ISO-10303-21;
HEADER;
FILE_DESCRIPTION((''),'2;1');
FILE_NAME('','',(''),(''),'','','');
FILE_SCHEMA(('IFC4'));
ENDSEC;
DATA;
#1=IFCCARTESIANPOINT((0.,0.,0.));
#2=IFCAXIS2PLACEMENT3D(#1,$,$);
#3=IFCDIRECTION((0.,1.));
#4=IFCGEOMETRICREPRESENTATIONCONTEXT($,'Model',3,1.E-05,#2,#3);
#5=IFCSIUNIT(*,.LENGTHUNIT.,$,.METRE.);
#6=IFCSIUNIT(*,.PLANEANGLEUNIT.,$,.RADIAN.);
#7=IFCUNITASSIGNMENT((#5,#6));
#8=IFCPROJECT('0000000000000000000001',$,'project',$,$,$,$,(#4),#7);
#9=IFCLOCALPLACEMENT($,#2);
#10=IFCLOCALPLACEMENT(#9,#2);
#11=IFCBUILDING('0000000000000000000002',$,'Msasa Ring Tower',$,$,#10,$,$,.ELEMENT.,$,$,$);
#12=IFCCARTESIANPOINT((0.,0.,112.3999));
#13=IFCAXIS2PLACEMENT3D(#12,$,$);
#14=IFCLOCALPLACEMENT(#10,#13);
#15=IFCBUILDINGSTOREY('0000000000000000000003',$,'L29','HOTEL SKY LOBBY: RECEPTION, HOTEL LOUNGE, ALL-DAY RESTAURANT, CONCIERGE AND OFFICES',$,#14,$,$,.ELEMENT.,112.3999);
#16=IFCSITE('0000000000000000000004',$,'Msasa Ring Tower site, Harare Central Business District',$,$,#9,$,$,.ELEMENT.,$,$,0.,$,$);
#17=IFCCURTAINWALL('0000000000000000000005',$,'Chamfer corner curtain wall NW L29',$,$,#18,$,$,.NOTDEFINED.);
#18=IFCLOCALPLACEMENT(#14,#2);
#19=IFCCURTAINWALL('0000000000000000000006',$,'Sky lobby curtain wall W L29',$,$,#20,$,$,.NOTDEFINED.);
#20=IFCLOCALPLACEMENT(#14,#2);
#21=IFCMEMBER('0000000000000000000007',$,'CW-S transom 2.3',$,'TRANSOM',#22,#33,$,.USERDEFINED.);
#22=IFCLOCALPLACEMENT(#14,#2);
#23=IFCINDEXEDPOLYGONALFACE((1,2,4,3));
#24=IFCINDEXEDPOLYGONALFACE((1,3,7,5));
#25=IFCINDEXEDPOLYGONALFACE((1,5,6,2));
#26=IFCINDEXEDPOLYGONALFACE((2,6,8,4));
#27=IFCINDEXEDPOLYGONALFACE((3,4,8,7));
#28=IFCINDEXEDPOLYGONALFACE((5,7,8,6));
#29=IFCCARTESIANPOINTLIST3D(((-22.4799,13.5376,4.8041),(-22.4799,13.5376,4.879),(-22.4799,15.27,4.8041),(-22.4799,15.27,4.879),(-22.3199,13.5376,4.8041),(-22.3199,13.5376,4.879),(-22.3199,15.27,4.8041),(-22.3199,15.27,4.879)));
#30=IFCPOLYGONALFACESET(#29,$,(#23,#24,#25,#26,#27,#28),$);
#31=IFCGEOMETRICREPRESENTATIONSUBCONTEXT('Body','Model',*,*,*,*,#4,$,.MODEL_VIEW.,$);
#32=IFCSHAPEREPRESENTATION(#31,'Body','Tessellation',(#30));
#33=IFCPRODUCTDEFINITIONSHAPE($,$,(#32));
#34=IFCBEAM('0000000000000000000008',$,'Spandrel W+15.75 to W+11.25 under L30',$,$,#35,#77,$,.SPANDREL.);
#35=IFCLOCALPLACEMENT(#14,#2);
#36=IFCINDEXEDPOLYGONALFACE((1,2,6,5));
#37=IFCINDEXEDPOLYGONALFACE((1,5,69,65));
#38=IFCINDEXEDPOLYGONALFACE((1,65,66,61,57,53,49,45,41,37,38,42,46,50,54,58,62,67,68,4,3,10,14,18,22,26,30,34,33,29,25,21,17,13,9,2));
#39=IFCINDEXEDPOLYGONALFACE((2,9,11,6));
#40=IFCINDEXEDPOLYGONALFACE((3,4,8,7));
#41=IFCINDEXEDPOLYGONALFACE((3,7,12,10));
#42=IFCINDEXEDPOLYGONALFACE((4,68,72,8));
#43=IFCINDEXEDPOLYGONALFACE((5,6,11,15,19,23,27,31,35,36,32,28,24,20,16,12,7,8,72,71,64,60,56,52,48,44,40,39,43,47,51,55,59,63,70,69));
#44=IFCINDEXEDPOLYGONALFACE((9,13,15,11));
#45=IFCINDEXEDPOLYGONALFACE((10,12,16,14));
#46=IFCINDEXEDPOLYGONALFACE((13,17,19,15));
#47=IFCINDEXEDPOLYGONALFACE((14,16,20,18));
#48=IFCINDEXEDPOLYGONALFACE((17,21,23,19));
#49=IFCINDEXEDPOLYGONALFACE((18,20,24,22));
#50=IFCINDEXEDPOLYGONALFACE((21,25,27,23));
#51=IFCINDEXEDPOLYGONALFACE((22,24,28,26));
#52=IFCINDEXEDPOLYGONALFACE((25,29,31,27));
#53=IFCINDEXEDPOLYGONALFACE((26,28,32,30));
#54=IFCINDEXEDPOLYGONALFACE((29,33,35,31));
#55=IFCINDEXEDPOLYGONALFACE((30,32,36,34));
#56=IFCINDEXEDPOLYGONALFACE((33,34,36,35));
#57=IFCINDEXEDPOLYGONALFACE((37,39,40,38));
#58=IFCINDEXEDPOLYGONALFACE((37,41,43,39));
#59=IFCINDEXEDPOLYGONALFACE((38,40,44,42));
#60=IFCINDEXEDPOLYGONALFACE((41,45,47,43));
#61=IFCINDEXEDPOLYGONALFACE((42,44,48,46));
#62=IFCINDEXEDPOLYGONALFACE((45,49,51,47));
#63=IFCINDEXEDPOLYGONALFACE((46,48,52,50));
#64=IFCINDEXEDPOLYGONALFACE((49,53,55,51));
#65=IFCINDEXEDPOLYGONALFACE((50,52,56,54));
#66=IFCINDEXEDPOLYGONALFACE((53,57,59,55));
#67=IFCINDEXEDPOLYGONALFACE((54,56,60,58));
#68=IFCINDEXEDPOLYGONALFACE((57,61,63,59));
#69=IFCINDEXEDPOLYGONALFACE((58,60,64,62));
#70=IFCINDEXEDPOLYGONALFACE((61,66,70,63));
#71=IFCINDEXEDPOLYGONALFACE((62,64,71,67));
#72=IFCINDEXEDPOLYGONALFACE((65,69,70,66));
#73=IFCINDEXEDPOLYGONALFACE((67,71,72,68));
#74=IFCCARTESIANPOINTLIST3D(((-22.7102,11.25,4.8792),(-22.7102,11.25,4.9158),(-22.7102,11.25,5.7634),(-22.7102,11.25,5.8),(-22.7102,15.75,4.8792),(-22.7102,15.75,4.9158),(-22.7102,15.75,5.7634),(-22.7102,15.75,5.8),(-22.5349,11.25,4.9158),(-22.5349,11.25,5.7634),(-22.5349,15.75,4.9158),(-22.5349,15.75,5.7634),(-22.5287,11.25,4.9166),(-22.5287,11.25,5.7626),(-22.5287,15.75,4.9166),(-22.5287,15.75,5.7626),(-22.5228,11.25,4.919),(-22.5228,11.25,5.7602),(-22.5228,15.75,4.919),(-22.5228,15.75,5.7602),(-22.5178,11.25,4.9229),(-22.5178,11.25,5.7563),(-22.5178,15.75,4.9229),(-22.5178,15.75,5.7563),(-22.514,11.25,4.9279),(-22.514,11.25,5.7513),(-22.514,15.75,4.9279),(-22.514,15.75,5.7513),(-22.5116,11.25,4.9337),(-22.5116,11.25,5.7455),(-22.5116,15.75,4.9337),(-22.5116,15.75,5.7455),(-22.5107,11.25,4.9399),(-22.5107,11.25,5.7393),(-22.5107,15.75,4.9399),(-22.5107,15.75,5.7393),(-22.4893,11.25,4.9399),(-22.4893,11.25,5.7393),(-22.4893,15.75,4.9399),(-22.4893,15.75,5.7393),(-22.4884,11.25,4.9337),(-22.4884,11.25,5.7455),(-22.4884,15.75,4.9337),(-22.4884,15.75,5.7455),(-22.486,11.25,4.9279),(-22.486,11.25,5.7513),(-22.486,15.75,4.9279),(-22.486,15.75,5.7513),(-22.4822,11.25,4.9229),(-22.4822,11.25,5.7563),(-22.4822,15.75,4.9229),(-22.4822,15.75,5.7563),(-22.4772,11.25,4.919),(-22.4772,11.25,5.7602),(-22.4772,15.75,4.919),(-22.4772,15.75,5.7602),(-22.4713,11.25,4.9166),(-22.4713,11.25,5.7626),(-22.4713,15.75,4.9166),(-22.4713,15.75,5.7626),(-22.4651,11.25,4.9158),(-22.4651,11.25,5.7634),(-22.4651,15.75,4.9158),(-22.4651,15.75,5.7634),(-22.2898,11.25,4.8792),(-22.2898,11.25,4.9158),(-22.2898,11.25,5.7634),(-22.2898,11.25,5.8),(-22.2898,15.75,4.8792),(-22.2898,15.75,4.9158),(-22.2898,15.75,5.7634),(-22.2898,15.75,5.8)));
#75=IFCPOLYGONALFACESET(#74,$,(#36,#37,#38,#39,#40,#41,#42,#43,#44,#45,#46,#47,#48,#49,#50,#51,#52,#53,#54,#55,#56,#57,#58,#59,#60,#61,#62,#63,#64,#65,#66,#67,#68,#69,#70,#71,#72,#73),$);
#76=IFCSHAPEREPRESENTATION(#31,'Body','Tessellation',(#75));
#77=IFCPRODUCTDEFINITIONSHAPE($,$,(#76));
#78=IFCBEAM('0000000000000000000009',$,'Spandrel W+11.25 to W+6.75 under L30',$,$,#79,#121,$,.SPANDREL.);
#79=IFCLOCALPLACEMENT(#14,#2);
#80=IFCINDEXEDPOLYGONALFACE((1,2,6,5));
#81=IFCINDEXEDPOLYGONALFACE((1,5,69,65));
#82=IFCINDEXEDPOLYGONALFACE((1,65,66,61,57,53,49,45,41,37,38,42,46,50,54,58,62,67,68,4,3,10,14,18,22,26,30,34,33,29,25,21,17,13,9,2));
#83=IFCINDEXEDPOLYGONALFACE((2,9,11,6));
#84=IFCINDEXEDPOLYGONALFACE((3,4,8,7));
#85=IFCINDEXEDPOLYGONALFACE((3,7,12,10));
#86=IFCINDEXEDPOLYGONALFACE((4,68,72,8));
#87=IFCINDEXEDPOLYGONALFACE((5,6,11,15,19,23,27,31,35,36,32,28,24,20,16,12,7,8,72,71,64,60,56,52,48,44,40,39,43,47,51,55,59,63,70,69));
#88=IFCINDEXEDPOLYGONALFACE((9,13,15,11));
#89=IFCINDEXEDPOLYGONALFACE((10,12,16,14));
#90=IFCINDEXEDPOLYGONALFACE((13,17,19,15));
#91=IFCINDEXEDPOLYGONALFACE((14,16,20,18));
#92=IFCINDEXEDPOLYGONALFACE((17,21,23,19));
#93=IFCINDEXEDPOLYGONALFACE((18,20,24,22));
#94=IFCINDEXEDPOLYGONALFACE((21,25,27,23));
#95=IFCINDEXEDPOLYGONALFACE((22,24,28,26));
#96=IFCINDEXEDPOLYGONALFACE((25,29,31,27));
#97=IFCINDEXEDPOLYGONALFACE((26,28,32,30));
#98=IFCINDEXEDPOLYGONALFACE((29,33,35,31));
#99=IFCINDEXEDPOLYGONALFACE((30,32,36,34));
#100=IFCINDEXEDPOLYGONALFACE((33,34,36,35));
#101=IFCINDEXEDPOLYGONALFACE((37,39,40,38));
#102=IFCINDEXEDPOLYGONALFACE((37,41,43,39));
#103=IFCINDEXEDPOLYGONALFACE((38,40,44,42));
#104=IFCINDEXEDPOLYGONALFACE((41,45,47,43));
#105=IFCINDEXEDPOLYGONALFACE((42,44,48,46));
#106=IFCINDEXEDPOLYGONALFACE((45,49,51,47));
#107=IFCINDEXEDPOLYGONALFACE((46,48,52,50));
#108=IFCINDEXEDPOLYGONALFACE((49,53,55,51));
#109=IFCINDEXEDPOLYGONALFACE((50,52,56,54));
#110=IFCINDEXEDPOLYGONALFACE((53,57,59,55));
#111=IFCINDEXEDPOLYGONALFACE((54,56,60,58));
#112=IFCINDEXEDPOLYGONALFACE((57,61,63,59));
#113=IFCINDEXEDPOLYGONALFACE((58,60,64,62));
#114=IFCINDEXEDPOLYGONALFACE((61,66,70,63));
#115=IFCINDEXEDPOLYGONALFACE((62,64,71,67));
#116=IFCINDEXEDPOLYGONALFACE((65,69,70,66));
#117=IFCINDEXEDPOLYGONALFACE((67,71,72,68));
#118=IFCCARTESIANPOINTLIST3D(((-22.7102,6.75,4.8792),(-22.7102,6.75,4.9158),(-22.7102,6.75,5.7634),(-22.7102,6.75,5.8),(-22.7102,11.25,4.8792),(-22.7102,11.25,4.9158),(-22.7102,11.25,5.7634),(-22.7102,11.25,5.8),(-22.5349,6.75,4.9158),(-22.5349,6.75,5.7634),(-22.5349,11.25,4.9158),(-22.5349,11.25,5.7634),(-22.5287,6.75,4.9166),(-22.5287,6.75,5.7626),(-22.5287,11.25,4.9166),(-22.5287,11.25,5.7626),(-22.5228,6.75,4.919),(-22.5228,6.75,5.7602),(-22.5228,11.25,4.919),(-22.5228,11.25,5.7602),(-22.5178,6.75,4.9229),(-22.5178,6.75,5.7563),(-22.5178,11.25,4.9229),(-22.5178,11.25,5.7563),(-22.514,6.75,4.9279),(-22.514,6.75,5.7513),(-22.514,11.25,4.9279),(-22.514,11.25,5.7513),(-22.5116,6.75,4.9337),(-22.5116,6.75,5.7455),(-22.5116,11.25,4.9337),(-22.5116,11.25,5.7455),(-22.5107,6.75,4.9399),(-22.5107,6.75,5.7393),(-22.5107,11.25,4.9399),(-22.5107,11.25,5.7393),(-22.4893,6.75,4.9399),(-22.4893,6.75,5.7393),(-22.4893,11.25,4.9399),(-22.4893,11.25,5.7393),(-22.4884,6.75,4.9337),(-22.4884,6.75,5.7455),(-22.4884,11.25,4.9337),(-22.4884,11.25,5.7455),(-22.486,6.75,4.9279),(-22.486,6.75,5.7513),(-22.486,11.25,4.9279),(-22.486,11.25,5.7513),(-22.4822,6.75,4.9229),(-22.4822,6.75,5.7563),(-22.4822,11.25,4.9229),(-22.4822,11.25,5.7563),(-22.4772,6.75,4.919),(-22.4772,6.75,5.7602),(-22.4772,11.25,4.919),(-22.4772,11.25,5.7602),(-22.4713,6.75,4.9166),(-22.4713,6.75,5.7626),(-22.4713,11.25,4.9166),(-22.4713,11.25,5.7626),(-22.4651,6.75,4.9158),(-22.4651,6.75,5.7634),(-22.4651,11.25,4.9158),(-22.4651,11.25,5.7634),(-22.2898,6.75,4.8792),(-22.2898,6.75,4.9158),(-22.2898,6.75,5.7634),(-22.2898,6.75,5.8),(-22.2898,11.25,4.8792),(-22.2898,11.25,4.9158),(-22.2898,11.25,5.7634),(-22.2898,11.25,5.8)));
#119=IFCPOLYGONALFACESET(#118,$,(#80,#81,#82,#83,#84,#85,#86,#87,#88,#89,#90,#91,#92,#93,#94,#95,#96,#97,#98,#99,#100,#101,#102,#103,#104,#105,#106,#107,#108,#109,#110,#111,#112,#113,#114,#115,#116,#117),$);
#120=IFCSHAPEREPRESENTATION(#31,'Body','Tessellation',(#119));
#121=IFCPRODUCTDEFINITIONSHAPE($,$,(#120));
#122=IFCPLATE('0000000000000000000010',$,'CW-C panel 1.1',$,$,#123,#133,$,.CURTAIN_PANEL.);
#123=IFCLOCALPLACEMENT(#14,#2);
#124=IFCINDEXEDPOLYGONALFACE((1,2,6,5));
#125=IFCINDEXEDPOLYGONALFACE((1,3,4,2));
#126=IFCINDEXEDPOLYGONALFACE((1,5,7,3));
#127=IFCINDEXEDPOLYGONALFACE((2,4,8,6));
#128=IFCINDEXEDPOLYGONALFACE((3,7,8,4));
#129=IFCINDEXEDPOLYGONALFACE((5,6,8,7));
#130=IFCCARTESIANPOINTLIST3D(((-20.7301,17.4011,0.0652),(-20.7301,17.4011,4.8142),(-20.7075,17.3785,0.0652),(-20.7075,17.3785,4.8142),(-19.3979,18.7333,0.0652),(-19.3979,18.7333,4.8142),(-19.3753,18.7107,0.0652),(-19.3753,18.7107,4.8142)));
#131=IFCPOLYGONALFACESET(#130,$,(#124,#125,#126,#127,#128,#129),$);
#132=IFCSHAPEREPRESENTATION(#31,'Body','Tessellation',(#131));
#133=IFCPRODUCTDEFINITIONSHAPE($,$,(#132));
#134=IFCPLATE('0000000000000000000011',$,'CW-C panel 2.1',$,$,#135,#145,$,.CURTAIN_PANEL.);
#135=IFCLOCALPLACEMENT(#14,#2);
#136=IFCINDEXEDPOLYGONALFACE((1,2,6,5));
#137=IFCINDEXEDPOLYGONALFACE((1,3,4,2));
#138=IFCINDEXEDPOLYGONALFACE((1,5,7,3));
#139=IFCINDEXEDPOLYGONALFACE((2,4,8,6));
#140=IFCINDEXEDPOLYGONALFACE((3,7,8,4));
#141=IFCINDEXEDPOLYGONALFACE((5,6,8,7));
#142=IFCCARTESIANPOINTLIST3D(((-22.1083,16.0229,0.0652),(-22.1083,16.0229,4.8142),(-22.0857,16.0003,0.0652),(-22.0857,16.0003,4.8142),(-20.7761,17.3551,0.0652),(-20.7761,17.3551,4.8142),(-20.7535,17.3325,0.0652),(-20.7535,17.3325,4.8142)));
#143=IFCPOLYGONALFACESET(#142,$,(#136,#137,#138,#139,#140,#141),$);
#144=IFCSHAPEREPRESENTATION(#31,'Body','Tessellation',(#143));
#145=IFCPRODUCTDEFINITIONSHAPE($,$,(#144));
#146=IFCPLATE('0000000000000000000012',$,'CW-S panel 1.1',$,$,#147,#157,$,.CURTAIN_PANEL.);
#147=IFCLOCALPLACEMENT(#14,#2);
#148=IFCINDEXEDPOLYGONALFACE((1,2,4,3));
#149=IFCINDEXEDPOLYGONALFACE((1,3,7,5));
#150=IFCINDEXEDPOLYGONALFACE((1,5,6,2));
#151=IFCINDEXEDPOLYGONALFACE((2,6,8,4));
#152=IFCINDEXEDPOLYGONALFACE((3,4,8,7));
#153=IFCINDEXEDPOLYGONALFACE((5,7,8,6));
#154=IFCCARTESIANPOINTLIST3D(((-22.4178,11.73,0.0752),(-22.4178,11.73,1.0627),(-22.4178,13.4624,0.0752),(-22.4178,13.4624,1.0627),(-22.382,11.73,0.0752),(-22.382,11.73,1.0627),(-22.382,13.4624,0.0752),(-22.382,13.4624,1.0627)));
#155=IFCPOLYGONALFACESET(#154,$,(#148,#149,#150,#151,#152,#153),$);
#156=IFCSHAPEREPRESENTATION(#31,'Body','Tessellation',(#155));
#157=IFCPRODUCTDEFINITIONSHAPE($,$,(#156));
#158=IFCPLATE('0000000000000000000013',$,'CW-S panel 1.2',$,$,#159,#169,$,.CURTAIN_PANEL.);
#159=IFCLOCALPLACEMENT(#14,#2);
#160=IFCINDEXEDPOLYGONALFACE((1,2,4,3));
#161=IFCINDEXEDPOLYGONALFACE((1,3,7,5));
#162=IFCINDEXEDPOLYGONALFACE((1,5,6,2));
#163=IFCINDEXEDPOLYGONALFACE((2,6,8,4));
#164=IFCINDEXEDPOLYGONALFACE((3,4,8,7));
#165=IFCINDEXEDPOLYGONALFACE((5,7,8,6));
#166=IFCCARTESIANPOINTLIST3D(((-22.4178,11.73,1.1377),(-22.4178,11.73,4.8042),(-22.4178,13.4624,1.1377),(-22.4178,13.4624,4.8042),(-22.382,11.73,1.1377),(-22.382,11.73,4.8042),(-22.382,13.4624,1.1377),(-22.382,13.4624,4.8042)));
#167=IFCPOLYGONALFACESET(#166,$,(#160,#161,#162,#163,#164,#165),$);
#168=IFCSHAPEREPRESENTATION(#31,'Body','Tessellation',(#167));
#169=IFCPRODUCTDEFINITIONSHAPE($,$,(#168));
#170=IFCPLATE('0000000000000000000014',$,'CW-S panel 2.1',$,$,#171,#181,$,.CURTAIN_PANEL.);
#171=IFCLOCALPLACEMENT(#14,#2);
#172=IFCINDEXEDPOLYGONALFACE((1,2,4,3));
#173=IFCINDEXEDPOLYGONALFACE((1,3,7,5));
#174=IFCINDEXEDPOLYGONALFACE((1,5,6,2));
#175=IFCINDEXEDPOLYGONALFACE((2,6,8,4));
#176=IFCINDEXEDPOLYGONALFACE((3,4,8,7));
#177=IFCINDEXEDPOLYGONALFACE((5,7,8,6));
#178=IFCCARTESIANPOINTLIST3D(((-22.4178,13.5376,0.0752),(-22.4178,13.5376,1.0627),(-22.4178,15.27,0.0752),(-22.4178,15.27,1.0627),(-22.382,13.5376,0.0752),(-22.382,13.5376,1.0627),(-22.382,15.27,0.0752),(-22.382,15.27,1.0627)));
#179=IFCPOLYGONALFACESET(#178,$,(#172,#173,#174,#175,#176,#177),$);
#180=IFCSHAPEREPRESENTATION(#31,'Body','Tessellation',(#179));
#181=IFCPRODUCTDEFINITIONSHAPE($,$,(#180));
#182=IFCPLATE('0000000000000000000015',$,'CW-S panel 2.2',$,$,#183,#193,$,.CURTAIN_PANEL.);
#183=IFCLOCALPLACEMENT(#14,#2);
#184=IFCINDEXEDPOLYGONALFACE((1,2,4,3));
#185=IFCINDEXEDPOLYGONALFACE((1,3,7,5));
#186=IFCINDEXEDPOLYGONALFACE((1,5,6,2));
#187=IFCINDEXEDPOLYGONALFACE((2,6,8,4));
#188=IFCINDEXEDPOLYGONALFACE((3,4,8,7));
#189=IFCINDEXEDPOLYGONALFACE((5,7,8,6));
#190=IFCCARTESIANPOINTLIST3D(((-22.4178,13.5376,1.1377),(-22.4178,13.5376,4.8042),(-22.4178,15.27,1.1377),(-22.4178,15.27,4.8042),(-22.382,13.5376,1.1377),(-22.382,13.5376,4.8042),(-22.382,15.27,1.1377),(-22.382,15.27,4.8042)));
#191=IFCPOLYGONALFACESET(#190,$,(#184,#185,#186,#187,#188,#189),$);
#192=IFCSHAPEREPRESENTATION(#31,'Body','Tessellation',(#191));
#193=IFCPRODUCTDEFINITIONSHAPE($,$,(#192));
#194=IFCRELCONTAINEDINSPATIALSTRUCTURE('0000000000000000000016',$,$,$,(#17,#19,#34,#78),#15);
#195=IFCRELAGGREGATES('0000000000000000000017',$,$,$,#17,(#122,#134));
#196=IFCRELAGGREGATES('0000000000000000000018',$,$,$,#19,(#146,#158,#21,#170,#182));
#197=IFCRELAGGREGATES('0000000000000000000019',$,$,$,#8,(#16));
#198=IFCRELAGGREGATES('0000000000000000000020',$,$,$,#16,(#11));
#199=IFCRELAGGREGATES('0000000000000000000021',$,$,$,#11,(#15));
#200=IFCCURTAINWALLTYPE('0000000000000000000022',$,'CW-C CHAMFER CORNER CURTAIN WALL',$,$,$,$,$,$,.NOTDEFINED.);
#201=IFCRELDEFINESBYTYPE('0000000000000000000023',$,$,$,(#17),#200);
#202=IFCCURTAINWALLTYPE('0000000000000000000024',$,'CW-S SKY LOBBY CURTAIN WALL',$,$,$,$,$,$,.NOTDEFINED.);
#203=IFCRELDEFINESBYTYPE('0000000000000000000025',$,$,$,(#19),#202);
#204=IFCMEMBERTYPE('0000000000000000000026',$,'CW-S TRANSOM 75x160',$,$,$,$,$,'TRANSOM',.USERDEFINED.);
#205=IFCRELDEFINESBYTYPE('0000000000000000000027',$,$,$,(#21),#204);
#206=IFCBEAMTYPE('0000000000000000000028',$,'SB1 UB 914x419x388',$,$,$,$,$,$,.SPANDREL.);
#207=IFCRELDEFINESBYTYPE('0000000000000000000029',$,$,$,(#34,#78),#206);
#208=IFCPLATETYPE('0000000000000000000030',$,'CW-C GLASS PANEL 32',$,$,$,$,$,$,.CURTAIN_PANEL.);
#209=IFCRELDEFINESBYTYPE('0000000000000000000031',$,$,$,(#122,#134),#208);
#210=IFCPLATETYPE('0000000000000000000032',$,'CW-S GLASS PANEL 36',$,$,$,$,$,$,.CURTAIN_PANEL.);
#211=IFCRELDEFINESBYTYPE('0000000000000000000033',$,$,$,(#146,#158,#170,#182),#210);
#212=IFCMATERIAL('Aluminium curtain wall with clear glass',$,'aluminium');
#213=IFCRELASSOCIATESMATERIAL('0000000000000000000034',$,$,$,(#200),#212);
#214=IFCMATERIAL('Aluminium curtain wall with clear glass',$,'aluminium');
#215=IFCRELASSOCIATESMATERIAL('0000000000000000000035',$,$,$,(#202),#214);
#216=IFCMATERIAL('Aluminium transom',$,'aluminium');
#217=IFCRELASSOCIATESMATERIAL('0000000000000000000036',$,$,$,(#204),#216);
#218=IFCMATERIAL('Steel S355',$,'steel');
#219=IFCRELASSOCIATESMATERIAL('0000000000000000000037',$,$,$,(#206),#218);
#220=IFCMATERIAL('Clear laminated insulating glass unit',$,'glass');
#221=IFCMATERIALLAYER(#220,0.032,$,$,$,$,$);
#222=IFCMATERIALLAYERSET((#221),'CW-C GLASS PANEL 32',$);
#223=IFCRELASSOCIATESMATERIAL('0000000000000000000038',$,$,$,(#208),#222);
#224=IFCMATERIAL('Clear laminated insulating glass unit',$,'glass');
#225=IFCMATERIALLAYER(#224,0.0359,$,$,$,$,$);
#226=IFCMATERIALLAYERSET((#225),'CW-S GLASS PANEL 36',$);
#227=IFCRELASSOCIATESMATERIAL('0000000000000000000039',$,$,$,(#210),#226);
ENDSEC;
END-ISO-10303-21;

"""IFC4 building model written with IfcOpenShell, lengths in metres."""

from ifc_helpers import new_model, si_unit, direction, frame, origin, origin_2d, place, context, subcontext, project, spatial, rectangle, i_section, extrude, material, layer, layer_set, material_profile, profile_set, type_object, element, aggregate, save


model = new_model("IFC4")

# Units and contexts
model_context = context("Model", 3, precision=1e-05, world=origin(), true_north=direction((0.0, 1.0)))
body_context = subcontext(model_context, "Body", "Model", "MODEL_VIEW")
ifc_project = project(units=[si_unit("LENGTHUNIT", "METRE"), si_unit("PLANEANGLEUNIT", "RADIAN")], contexts=[model_context])

# Site, building, storey
site_placement = place(None, origin())
site = spatial("IfcSite", under=ifc_project, at=site_placement, Name="Msasa Ring Tower site, Harare Central Business District", CompositionType="ELEMENT", RefElevation=0.0)
building_placement = place(site_placement, origin())
building = spatial("IfcBuilding", under=site, at=building_placement, Name="Msasa Ring Tower", CompositionType="ELEMENT")
storey_placement = place(building_placement, frame((0.0, 0.0, 112.3999)))
storey = spatial("IfcBuildingStorey", under=building, at=storey_placement, Name="L29", Description="HOTEL SKY LOBBY: RECEPTION, HOTEL LOUNGE, ALL-DAY RESTAURANT, CONCIERGE AND OFFICES", CompositionType="ELEMENT", Elevation=112.3999)

# Curtain walls, member
ifc_material_1 = material(Name="Aluminium curtain wall with clear glass", Category="aluminium")
curtain_wall_type_1 = type_object("IfcCurtainWallType", Name="CW-C CHAMFER CORNER CURTAIN WALL", PredefinedType="NOTDEFINED", material=ifc_material_1)
curtain_wall_1_placement = place(storey_placement, origin())
curtain_wall_1 = element("IfcCurtainWall", 1, at=curtain_wall_1_placement, inside=storey, type_object=curtain_wall_type_1, Name="Chamfer corner curtain wall NW L29", PredefinedType="NOTDEFINED")
ifc_material_2 = material(Name="Aluminium curtain wall with clear glass", Category="aluminium")
curtain_wall_type_2 = type_object("IfcCurtainWallType", Name="CW-S SKY LOBBY CURTAIN WALL", PredefinedType="NOTDEFINED", material=ifc_material_2)
curtain_wall_2_placement = place(storey_placement, origin())
curtain_wall_2 = element("IfcCurtainWall", 2, at=curtain_wall_2_placement, inside=storey, type_object=curtain_wall_type_2, Name="Sky lobby curtain wall W L29", PredefinedType="NOTDEFINED")
ifc_material_3 = material(Name="Aluminium transom", Category="aluminium")
ifc_material_profile_1 = material_profile(ifc_material_3, rectangle(XDim=0.1599, YDim=0.075, at=origin_2d()), Name="AL 75x160")
ifc_profile_set_1 = profile_set([ifc_material_profile_1], Name="Aluminium transom")
member_type_1 = type_object("IfcMemberType", Name="CW-S TRANSOM 75x160", ElementType="TRANSOM", PredefinedType="USERDEFINED", material=ifc_profile_set_1)
member_1_placement = place(storey_placement, frame((-22.3999, 13.5376, 4.8416), z_axis=(0.0, 1.0, 0.0), x_axis=(-1.0, 0.0, 0.0)))
member_1 = element("IfcMember", 3, at=member_1_placement, type_object=member_type_1, Name="CW-S transom 2.3", ObjectType="TRANSOM", PredefinedType="USERDEFINED", context=body_context, shape_type="SweptSolid", body=[
    extrude(rectangle(XDim=0.1599, YDim=0.075, at=origin_2d()), origin(), (0.0, 0.0, 1.0), 1.7324),
])

# Beams
ifc_material_4 = material(Name="Steel S355", Category="steel")
ifc_material_profile_2 = material_profile(ifc_material_4, i_section(OverallWidth=0.4204, OverallDepth=0.9209, WebThickness=0.0215, FlangeThickness=0.0366, FilletRadius=0.0242, at=origin_2d()), Name="UB 914x419x388")
ifc_profile_set_2 = profile_set([ifc_material_profile_2], Name="Steel S355")
beam_type = type_object("IfcBeamType", Name="SB1 UB 914x419x388", PredefinedType="SPANDREL", material=ifc_profile_set_2)
for number, where, z_axis, x_axis, name in (
    (4, (-22.5, 15.75, 5.3396), (0.0, -1.0, 0.0), (1.0, 0.0, 0.0), "Spandrel W+15.75 to W+11.25 under L30"),
    (5, (-22.5, 11.25, 5.3396), (0.0, -1.0, 0.0), (1.0, 0.0, 0.0), "Spandrel W+11.25 to W+6.75 under L30"),
):
    element("IfcBeam", number, at=place(storey_placement, frame(where, z_axis=z_axis, x_axis=x_axis)), inside=storey, type_object=beam_type, Name=name, PredefinedType="SPANDREL", context=body_context, shape_type="SweptSolid", body=[
        extrude(i_section(OverallWidth=0.4204, OverallDepth=0.9209, WebThickness=0.0215, FlangeThickness=0.0366, FilletRadius=0.0242, at=origin_2d()), origin(), (0.0, 0.0, 1.0), 4.5),
    ])

# Plates
ifc_material_5 = material(Name="Clear laminated insulating glass unit", Category="glass")
ifc_layer_1 = layer(ifc_material_5, 0.032)
ifc_layer_set_1 = layer_set([ifc_layer_1], Name="CW-C GLASS PANEL 32")
plate_type_1 = type_object("IfcPlateType", Name="CW-C GLASS PANEL 32", PredefinedType="CURTAIN_PANEL", material=ifc_layer_set_1)
plate_1_placement = place(storey_placement, frame((-20.0527, 18.0559, 0.0652), z_axis=(0.0, 0.0, 1.0), x_axis=(-0.707107, -0.707107, 0.0)))
plate_1 = element("IfcPlate", 6, at=plate_1_placement, type_object=plate_type_1, Name="CW-C panel 1.1", PredefinedType="CURTAIN_PANEL", context=body_context, shape_type="SweptSolid", body=[
    extrude(rectangle(XDim=1.884, YDim=0.032, at=origin_2d()), origin(), (0.0, 0.0, 1.0), 4.749),
])
plate_2_placement = place(storey_placement, frame((-21.4309, 16.6777, 0.0652), z_axis=(0.0, 0.0, 1.0), x_axis=(-0.707107, -0.707107, 0.0)))
plate_2 = element("IfcPlate", 7, at=plate_2_placement, type_object=plate_type_1, Name="CW-C panel 2.1", PredefinedType="CURTAIN_PANEL", context=body_context, shape_type="SweptSolid", body=[
    extrude(rectangle(XDim=1.884, YDim=0.032, at=origin_2d()), origin(), (0.0, 0.0, 1.0), 4.749),
])
aggregate(curtain_wall_1, [plate_1, plate_2])
ifc_material_6 = material(Name="Clear laminated insulating glass unit", Category="glass")
ifc_layer_2 = layer(ifc_material_6, 0.0359)
ifc_layer_set_2 = layer_set([ifc_layer_2], Name="CW-S GLASS PANEL 36")
plate_type_2 = type_object("IfcPlateType", Name="CW-S GLASS PANEL 36", PredefinedType="CURTAIN_PANEL", material=ifc_layer_set_2)
plate_3_placement = place(storey_placement, frame((-22.3999, 12.5962, 0.0752), z_axis=(0.0, 0.0, 1.0), x_axis=(0.0, 1.0, 0.0)))
plate_3 = element("IfcPlate", 8, at=plate_3_placement, type_object=plate_type_2, Name="CW-S panel 1.1", PredefinedType="CURTAIN_PANEL", context=body_context, shape_type="SweptSolid", body=[
    extrude(rectangle(XDim=1.7324, YDim=0.0359, at=origin_2d()), origin(), (0.0, 0.0, 1.0), 0.9875),
])
plate_4_placement = place(storey_placement, frame((-22.3999, 12.5962, 1.1377), z_axis=(0.0, 0.0, 1.0), x_axis=(0.0, 1.0, 0.0)))
plate_4 = element("IfcPlate", 9, at=plate_4_placement, type_object=plate_type_2, Name="CW-S panel 1.2", PredefinedType="CURTAIN_PANEL", context=body_context, shape_type="SweptSolid", body=[
    extrude(rectangle(XDim=1.7324, YDim=0.0359, at=origin_2d()), origin(), (0.0, 0.0, 1.0), 3.6665),
])
plate_5_placement = place(storey_placement, frame((-22.3999, 14.4038, 0.0752), z_axis=(0.0, 0.0, 1.0), x_axis=(0.0, 1.0, 0.0)))
plate_5 = element("IfcPlate", 10, at=plate_5_placement, type_object=plate_type_2, Name="CW-S panel 2.1", PredefinedType="CURTAIN_PANEL", context=body_context, shape_type="SweptSolid", body=[
    extrude(rectangle(XDim=1.7324, YDim=0.0359, at=origin_2d()), origin(), (0.0, 0.0, 1.0), 0.9875),
])
plate_6_placement = place(storey_placement, frame((-22.3999, 14.4038, 1.1377), z_axis=(0.0, 0.0, 1.0), x_axis=(0.0, 1.0, 0.0)))
plate_6 = element("IfcPlate", 11, at=plate_6_placement, type_object=plate_type_2, Name="CW-S panel 2.2", PredefinedType="CURTAIN_PANEL", context=body_context, shape_type="SweptSolid", body=[
    extrude(rectangle(XDim=1.7324, YDim=0.0359, at=origin_2d()), origin(), (0.0, 0.0, 1.0), 3.6665),
])
aggregate(curtain_wall_2, [plate_3, plate_4, member_1, plate_5, plate_6])

save(model, "model.ifc")
